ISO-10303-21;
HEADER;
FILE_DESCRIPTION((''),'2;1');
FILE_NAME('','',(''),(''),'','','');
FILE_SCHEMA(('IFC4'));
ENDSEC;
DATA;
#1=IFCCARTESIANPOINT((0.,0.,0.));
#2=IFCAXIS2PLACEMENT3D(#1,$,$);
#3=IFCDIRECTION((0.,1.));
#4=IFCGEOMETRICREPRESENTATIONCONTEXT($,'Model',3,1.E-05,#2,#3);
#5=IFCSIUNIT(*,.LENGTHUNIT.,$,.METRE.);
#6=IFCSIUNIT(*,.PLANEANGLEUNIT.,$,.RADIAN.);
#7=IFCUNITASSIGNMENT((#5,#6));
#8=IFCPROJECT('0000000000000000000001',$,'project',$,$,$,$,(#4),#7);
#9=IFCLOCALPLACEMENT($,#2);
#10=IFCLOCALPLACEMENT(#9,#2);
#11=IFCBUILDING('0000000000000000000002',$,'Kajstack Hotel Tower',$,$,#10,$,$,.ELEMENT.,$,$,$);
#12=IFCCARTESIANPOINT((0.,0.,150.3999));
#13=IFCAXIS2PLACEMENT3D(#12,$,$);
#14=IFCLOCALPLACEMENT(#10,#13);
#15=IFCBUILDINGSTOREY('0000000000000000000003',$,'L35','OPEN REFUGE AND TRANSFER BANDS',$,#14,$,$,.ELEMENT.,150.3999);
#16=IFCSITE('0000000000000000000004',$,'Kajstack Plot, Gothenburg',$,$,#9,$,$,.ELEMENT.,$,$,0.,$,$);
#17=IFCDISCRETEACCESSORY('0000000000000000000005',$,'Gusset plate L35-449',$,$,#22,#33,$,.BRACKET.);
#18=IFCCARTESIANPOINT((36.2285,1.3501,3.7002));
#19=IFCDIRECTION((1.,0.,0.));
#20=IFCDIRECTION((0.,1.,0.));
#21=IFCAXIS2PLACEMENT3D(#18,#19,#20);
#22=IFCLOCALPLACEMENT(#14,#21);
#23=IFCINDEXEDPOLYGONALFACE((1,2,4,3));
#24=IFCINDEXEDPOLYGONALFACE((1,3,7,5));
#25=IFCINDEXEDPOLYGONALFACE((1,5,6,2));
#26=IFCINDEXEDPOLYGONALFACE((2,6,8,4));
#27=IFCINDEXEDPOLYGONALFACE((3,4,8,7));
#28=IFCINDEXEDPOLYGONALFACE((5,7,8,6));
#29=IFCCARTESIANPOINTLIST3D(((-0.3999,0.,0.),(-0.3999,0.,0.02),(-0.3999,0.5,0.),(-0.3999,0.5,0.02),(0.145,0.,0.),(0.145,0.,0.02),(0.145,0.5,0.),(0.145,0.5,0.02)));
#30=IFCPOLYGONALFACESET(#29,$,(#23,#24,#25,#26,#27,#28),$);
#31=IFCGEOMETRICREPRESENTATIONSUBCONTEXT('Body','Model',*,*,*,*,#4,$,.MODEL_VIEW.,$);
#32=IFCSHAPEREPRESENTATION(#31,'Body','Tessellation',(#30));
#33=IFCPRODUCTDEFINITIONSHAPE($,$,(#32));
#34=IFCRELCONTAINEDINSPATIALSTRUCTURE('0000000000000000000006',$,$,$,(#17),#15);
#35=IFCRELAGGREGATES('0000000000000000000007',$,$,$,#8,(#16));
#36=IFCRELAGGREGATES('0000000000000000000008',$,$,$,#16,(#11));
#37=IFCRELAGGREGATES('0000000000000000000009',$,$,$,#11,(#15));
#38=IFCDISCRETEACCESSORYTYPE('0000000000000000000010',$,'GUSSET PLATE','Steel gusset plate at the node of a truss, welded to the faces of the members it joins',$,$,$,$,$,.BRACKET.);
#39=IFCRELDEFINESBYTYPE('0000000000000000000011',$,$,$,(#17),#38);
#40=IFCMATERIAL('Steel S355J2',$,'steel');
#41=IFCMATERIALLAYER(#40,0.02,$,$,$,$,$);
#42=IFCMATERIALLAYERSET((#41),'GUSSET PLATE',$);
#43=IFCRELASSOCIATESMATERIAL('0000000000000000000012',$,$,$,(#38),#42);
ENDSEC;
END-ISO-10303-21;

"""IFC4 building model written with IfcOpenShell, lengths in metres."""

from ifc_helpers import new_model, si_unit, direction, frame, origin, place, context, subcontext, project, spatial, polyline, outline, extrude, material, layer, layer_set, type_object, element, save


model = new_model("IFC4")

# Units and contexts
model_context = context("Model", 3, precision=1e-05, world=origin(), true_north=direction((0.0, 1.0)))
body_context = subcontext(model_context, "Body", "Model", "MODEL_VIEW")
ifc_project = project(units=[si_unit("LENGTHUNIT", "METRE"), si_unit("PLANEANGLEUNIT", "RADIAN")], contexts=[model_context])

# Site, building, storey
site_placement = place(None, origin())
site = spatial("IfcSite", under=ifc_project, at=site_placement, Name="Kajstack Plot, Gothenburg", CompositionType="ELEMENT", RefElevation=0.0)
building_placement = place(site_placement, origin())
building = spatial("IfcBuilding", under=site, at=building_placement, Name="Kajstack Hotel Tower", CompositionType="ELEMENT")
storey_placement = place(building_placement, frame((0.0, 0.0, 150.3999)))
storey = spatial("IfcBuildingStorey", under=building, at=storey_placement, Name="L35", Description="OPEN REFUGE AND TRANSFER BANDS", CompositionType="ELEMENT", Elevation=150.3999)

# Shared definitions
ifc_material = material(Name="Steel S355J2", Category="steel")

# Discrete accessory
ifc_layer = layer(ifc_material, 0.02)
ifc_layer_set = layer_set([ifc_layer], Name="GUSSET PLATE")
discrete_accessory_type = type_object("IfcDiscreteAccessoryType", Name="GUSSET PLATE", Description="Steel gusset plate at the node of a truss, welded to the faces of the members it joins", PredefinedType="BRACKET", material=ifc_layer_set)
discrete_accessory_placement = place(storey_placement, frame((36.2285, 1.3501, 3.7002), z_axis=(1.0, 0.0, 0.0), x_axis=(0.0, 1.0, 0.0)))
element("IfcDiscreteAccessory", 1, at=discrete_accessory_placement, inside=storey, type_object=discrete_accessory_type, Name="Gusset plate L35-449", PredefinedType="BRACKET", context=body_context, shape_type="SweptSolid", body=[
    extrude(outline(polyline([(-0.3999, 0.0), (0.145, 0.0), (0.145, 0.5), (-0.3999, 0.5), (-0.3999, 0.0)])), origin(), (0.0, 0.0, 1.0), 0.02),
])

save(model, "model.ifc")
